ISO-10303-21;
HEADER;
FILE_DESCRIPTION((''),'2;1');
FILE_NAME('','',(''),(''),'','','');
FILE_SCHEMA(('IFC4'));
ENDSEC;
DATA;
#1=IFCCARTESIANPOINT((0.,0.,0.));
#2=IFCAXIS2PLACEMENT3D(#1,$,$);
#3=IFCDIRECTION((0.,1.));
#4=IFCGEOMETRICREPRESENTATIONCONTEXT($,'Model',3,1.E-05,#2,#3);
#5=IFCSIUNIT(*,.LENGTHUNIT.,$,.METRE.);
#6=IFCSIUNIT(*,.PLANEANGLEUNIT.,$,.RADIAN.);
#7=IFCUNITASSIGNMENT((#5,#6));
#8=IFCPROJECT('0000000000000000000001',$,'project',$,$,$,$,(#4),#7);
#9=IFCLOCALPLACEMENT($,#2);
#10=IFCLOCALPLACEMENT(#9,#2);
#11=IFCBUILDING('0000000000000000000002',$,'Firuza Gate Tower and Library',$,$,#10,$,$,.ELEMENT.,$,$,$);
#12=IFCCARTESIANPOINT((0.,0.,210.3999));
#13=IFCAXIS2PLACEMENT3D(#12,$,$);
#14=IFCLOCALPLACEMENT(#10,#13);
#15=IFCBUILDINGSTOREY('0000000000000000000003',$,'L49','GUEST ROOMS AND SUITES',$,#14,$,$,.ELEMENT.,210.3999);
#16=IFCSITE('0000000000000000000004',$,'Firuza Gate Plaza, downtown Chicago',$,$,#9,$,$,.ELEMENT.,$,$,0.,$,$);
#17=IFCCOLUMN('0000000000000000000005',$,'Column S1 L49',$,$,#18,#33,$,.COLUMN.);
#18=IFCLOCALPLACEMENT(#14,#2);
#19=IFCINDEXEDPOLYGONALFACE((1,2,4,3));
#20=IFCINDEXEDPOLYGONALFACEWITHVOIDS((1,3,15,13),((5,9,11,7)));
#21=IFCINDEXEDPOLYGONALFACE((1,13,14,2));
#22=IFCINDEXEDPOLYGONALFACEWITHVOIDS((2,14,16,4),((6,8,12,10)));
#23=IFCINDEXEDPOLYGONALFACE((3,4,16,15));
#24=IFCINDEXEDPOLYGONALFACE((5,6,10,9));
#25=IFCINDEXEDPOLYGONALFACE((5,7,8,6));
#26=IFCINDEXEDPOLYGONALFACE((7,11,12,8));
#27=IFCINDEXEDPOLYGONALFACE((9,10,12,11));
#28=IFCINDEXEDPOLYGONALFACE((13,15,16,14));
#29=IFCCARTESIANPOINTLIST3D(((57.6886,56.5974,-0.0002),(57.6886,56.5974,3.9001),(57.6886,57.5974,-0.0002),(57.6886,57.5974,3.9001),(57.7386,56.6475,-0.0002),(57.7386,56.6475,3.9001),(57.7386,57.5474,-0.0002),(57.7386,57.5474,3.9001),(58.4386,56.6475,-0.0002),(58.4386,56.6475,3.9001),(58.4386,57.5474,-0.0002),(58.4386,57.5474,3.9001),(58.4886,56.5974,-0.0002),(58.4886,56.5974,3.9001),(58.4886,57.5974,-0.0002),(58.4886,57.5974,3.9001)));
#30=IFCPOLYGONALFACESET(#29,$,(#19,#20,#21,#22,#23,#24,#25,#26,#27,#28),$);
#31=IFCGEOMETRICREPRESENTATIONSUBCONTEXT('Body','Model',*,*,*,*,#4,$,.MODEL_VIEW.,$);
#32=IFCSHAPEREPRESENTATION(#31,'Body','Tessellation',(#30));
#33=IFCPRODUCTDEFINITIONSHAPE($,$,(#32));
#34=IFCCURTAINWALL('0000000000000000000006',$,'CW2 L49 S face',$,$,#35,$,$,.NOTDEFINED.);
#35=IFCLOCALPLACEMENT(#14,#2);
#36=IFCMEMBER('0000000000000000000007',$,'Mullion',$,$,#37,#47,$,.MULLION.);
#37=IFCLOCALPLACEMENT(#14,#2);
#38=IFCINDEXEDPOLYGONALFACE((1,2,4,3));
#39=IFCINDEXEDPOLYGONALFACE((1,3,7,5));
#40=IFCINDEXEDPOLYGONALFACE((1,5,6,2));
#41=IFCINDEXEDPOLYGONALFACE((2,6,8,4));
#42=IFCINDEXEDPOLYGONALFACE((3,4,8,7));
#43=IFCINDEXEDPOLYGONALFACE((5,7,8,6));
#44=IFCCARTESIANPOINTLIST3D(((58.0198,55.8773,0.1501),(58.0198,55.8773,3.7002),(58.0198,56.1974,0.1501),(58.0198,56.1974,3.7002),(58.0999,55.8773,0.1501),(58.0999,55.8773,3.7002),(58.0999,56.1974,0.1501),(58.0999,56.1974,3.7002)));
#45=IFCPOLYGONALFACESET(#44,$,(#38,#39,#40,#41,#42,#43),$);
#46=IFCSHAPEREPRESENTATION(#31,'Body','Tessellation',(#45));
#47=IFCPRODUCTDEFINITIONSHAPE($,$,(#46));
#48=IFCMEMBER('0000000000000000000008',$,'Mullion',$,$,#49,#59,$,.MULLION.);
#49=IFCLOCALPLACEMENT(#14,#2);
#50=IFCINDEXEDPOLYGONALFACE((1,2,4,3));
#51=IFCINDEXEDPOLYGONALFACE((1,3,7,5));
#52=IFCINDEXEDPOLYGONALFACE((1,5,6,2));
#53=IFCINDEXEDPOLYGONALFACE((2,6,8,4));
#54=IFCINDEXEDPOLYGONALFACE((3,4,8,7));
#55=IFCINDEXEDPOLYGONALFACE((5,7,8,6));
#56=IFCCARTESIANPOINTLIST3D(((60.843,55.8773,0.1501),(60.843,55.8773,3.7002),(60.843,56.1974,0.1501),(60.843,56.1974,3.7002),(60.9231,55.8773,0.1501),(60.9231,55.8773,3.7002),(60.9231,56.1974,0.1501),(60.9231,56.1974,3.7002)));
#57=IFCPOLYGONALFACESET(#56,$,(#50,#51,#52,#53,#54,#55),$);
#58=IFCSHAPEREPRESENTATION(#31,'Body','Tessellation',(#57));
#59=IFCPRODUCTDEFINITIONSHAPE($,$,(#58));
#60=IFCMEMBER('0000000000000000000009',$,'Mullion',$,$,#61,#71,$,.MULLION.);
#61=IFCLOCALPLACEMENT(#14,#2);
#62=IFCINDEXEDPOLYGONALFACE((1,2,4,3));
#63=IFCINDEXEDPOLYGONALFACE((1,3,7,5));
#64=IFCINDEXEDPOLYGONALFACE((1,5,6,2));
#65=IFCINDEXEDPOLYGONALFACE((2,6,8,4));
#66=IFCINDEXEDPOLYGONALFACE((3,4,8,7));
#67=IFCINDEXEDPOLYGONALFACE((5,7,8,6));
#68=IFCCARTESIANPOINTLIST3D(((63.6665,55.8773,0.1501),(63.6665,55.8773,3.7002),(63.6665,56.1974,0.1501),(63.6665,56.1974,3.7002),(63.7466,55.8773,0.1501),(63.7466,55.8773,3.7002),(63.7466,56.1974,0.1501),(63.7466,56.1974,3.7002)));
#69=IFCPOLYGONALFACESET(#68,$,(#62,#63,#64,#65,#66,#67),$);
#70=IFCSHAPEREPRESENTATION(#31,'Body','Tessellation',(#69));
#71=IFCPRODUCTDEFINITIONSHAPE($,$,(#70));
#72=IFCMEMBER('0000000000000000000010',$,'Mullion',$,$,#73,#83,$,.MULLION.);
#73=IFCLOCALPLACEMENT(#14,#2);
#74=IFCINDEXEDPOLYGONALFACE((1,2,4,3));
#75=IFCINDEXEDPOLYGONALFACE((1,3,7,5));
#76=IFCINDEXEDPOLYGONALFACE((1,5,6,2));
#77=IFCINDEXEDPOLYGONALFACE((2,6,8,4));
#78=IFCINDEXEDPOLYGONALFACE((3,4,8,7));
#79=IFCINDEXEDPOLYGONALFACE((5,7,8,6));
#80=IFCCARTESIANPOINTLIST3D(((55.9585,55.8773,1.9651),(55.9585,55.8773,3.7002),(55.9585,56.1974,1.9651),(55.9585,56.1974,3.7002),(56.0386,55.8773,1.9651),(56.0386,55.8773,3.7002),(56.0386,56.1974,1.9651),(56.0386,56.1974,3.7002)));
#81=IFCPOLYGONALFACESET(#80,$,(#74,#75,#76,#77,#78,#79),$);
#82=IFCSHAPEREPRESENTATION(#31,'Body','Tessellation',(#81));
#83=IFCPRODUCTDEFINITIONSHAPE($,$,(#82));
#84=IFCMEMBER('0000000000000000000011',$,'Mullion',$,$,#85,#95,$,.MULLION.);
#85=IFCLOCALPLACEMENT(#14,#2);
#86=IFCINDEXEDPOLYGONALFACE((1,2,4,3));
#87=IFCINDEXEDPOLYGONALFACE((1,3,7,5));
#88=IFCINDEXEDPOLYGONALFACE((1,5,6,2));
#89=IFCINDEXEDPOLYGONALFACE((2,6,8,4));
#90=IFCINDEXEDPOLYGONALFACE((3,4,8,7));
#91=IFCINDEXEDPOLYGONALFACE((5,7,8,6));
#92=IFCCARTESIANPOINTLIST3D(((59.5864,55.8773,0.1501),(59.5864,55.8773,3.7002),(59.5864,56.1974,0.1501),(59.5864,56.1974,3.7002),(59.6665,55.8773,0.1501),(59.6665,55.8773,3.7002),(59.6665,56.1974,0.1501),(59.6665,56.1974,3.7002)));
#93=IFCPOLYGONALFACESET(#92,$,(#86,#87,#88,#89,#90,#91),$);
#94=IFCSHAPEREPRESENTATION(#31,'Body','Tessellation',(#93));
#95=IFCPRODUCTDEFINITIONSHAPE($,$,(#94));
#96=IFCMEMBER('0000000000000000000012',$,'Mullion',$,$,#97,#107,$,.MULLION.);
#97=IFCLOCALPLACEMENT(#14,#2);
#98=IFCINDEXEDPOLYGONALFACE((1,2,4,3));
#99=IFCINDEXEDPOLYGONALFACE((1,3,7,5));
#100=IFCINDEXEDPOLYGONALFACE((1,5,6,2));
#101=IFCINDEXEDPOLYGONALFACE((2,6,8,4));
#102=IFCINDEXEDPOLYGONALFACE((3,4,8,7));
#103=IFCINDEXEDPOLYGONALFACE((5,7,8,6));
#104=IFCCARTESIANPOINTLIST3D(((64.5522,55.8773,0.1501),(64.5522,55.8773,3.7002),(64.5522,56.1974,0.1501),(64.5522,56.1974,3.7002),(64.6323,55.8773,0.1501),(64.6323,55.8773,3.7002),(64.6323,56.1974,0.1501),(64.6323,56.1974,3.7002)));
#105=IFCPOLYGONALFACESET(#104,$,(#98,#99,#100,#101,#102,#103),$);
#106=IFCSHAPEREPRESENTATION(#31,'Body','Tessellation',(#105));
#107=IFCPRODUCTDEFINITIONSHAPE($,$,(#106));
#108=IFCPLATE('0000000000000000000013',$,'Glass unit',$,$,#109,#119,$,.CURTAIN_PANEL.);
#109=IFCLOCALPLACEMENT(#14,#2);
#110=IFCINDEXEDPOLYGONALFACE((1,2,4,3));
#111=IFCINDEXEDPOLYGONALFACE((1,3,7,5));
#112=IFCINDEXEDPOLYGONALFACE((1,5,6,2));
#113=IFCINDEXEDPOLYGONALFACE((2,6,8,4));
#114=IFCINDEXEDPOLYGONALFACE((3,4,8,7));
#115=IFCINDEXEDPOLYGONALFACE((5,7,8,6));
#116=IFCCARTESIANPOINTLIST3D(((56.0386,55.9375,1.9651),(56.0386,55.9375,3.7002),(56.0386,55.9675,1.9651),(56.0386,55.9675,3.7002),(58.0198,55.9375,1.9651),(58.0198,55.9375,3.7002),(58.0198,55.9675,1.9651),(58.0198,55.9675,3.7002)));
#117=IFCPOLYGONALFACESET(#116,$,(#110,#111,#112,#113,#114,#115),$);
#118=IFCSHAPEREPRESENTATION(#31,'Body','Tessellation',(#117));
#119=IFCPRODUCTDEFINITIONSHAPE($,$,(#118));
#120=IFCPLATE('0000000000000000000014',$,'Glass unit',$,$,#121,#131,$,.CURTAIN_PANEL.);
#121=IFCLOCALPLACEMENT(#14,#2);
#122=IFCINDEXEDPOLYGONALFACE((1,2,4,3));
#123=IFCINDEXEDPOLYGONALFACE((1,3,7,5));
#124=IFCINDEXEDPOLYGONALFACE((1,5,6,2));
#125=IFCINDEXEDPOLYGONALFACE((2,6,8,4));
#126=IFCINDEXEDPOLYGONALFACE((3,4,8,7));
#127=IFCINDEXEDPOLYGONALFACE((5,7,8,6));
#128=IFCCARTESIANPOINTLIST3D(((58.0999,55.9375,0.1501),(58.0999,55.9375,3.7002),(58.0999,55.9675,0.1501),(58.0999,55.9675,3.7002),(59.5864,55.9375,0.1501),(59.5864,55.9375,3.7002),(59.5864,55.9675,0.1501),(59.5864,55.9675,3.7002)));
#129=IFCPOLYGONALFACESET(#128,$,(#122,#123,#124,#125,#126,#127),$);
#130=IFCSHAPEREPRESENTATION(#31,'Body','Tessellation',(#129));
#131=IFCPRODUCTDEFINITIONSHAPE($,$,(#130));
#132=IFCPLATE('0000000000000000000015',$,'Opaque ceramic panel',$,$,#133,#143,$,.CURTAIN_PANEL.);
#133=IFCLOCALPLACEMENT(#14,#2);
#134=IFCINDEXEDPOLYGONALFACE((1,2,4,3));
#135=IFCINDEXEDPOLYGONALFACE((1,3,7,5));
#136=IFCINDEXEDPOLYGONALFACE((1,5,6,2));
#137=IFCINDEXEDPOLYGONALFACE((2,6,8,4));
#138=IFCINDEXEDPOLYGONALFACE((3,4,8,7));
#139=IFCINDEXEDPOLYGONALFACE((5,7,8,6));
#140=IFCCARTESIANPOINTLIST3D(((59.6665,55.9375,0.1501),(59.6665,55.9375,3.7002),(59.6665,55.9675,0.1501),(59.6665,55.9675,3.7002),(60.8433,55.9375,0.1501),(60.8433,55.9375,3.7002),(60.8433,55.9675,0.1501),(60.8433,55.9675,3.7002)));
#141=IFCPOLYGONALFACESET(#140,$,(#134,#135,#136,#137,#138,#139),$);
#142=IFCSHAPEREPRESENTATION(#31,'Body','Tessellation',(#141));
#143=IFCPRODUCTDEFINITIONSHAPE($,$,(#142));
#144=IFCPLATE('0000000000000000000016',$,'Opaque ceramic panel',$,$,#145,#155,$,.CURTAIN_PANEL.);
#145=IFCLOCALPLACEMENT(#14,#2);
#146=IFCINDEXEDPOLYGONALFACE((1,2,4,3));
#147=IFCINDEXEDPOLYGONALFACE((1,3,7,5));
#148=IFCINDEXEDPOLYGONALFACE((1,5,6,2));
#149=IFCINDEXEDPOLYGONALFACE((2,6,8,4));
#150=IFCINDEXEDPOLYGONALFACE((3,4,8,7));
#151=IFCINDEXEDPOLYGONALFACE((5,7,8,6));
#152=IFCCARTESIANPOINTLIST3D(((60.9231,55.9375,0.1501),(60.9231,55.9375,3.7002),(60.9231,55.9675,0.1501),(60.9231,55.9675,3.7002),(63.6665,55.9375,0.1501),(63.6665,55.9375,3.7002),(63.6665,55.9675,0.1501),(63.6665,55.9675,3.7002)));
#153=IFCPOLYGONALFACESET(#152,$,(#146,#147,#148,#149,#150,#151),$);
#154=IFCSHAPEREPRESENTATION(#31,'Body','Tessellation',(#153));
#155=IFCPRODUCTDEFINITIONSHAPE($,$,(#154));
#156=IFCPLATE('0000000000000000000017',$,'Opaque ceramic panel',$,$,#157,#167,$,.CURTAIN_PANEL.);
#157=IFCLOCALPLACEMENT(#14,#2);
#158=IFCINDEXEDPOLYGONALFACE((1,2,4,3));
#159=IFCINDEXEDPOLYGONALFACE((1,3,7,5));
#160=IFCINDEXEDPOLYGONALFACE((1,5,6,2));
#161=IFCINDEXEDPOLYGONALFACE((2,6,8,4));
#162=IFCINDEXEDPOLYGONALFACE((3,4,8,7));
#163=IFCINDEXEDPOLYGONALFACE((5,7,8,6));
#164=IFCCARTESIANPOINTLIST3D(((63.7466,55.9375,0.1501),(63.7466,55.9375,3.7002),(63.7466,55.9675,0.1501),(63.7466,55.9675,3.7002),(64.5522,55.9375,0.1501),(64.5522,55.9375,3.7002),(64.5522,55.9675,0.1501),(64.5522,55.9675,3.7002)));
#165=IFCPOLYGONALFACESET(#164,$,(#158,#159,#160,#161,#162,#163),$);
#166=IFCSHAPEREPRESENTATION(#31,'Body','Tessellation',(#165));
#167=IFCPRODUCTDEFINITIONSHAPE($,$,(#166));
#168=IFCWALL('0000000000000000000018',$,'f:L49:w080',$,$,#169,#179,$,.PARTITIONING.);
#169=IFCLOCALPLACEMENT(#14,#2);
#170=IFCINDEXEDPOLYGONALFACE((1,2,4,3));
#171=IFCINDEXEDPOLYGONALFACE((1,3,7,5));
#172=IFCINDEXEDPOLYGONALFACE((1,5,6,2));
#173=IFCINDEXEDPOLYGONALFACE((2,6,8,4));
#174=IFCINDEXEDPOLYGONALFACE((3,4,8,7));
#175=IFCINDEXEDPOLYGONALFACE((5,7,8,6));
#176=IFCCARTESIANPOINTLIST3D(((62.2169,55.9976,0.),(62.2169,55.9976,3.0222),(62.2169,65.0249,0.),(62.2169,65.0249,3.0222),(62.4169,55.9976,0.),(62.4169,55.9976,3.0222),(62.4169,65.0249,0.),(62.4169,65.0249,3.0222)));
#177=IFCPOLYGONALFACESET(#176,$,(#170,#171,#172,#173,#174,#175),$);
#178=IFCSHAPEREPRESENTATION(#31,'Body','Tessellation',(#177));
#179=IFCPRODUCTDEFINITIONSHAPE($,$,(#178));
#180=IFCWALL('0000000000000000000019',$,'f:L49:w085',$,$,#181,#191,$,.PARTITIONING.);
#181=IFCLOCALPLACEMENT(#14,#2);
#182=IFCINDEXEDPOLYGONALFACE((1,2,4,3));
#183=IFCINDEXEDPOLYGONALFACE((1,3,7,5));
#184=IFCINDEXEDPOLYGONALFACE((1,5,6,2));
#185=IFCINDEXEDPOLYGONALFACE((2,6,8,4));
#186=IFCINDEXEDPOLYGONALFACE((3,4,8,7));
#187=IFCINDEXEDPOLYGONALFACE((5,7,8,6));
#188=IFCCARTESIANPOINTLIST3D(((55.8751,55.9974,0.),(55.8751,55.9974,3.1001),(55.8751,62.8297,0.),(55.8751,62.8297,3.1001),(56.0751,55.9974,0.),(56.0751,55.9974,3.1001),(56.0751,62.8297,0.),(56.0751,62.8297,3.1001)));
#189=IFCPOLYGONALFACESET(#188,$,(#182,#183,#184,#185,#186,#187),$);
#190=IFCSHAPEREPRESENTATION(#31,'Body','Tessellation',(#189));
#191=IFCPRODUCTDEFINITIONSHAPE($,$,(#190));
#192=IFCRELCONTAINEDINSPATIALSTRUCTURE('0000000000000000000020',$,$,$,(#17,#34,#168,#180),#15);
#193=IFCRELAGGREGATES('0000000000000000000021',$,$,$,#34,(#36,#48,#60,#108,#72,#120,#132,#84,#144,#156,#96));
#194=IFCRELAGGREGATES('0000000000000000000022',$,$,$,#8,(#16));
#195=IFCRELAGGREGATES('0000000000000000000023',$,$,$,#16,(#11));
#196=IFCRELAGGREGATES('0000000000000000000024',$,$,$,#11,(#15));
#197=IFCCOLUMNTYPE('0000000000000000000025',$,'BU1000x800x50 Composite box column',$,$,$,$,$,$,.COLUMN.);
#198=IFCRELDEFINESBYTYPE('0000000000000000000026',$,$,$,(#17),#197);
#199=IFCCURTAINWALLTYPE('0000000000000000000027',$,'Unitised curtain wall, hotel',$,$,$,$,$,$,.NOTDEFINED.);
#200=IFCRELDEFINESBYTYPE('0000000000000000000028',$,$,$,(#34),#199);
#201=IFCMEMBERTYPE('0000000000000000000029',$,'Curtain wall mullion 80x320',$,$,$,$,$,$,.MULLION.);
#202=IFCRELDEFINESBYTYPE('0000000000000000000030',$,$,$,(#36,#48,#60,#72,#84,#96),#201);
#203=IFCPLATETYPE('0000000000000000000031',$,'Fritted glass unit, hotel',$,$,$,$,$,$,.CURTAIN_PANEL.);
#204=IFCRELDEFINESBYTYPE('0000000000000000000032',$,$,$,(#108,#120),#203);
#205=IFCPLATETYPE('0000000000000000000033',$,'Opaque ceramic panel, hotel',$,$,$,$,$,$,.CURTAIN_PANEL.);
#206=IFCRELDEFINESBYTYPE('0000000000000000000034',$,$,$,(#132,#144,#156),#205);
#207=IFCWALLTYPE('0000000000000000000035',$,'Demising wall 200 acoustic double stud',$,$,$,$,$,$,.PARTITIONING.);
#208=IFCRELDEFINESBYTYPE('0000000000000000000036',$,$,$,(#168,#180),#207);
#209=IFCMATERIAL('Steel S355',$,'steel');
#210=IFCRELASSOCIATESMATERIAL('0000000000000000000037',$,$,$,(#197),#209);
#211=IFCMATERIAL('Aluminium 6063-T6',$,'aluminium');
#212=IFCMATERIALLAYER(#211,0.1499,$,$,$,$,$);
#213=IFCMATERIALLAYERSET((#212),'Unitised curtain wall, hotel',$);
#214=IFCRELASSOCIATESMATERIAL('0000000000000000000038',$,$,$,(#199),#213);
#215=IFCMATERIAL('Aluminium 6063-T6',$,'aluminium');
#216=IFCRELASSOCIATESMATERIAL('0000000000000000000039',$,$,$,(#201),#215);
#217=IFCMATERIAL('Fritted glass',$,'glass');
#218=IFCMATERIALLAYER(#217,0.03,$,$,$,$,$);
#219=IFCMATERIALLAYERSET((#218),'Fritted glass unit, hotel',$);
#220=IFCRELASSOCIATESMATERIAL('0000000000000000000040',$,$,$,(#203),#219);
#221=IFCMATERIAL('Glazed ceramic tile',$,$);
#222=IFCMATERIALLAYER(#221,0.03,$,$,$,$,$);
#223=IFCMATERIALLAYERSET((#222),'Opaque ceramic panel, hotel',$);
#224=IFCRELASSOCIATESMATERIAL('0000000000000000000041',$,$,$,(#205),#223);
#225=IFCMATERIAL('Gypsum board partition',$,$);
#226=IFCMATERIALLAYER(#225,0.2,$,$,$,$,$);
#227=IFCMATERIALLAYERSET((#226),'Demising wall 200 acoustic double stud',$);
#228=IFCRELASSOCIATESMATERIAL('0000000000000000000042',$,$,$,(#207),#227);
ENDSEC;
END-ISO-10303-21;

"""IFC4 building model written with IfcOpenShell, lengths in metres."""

from ifc_helpers import new_model, si_unit, direction, frame, frame_2d, origin, origin_2d, place, context, subcontext, project, spatial, polyline, rectangle, hollow_rectangle, outline, extrude, material, layer, layer_set, material_profile, profile_set, type_object, element, aggregate, save


model = new_model("IFC4")

# Units and contexts
model_context = context("Model", 3, precision=1e-05, world=origin(), true_north=direction((0.0, 1.0)))
body_context = subcontext(model_context, "Body", "Model", "MODEL_VIEW")
ifc_project = project(units=[si_unit("LENGTHUNIT", "METRE"), si_unit("PLANEANGLEUNIT", "RADIAN")], contexts=[model_context])

# Site, building, storey
site_placement = place(None, origin())
site = spatial("IfcSite", under=ifc_project, at=site_placement, Name="Firuza Gate Plaza, downtown Chicago", CompositionType="ELEMENT", RefElevation=0.0)
building_placement = place(site_placement, origin())
building = spatial("IfcBuilding", under=site, at=building_placement, Name="Firuza Gate Tower and Library", CompositionType="ELEMENT")
storey_placement = place(building_placement, frame((0.0, 0.0, 210.3999)))
storey = spatial("IfcBuildingStorey", under=building, at=storey_placement, Name="L49", Description="GUEST ROOMS AND SUITES", CompositionType="ELEMENT", Elevation=210.3999)

# Column
ifc_material_1 = material(Name="Steel S355", Category="steel")
ifc_material_profile_1 = material_profile(ifc_material_1, hollow_rectangle(XDim=0.8, YDim=1.0, WallThickness=0.05, at=origin_2d()))
ifc_profile_set_1 = profile_set([ifc_material_profile_1], Name="Steel S355")
column_type = type_object("IfcColumnType", Name="BU1000x800x50 Composite box column", PredefinedType="COLUMN", material=ifc_profile_set_1)
column_placement = place(storey_placement, frame((58.0886, 57.0974, -0.0002), z_axis=(0.0, 0.0, 1.0), x_axis=(1.0, 0.0, 0.0)))
element("IfcColumn", 1, at=column_placement, inside=storey, type_object=column_type, Name="Column S1 L49", PredefinedType="COLUMN", context=body_context, shape_type="SweptSolid", body=[
    extrude(hollow_rectangle(XDim=0.8, YDim=1.0, WallThickness=0.05, at=origin_2d()), origin(), (0.0, 0.0, 1.0), 3.9004),
])

# Curtain wall, members, plates
ifc_material_2 = material(Name="Aluminium 6063-T6", Category="aluminium")
ifc_layer_1 = layer(ifc_material_2, 0.1499)
ifc_layer_set_1 = layer_set([ifc_layer_1], Name="Unitised curtain wall, hotel")
curtain_wall_type = type_object("IfcCurtainWallType", Name="Unitised curtain wall, hotel", PredefinedType="NOTDEFINED", material=ifc_layer_set_1)
curtain_wall_placement = place(storey_placement, origin())
curtain_wall = element("IfcCurtainWall", 2, at=curtain_wall_placement, inside=storey, type_object=curtain_wall_type, Name="CW2 L49 S face", PredefinedType="NOTDEFINED")
ifc_material_3 = material(Name="Aluminium 6063-T6", Category="aluminium")
ifc_material_profile_2 = material_profile(ifc_material_3, rectangle(XDim=0.3201, YDim=0.0801, at=origin_2d()))
ifc_profile_set_2 = profile_set([ifc_material_profile_2], Name="Aluminium 6063-T6")
member_type = type_object("IfcMemberType", Name="Curtain wall mullion 80x320", PredefinedType="MULLION", material=ifc_profile_set_2)
member_1_placement = place(storey_placement, frame((58.0598, 56.0374, 0.1501), z_axis=(0.0, 0.0, 1.0), x_axis=(0.0, 1.0, 0.0)))
member_1 = element("IfcMember", 3, at=member_1_placement, type_object=member_type, Name="Mullion", PredefinedType="MULLION", context=body_context, shape_type="SweptSolid", body=[
    extrude(rectangle(XDim=0.3201, YDim=0.0801, at=origin_2d()), origin(), (0.0, 0.0, 1.0), 3.55),
])
member_2_placement = place(storey_placement, frame((60.8831, 56.0374, 0.1501), z_axis=(0.0, 0.0, 1.0), x_axis=(0.0, 1.0, 0.0)))
member_2 = element("IfcMember", 4, at=member_2_placement, type_object=member_type, Name="Mullion", PredefinedType="MULLION", context=body_context, shape_type="SweptSolid", body=[
    extrude(rectangle(XDim=0.3201, YDim=0.0801, at=origin_2d()), origin(), (0.0, 0.0, 1.0), 3.55),
])
member_3_placement = place(storey_placement, frame((63.7065, 56.0374, 0.1501), z_axis=(0.0, 0.0, 1.0), x_axis=(0.0, 1.0, 0.0)))
member_3 = element("IfcMember", 5, at=member_3_placement, type_object=member_type, Name="Mullion", PredefinedType="MULLION", context=body_context, shape_type="SweptSolid", body=[
    extrude(rectangle(XDim=0.3201, YDim=0.0801, at=origin_2d()), origin(), (0.0, 0.0, 1.0), 3.55),
])
member_4_placement = place(storey_placement, frame((55.9985, 56.0374, 1.9651), z_axis=(0.0, 0.0, 1.0), x_axis=(0.0, 1.0, 0.0)))
member_4 = element("IfcMember", 6, at=member_4_placement, type_object=member_type, Name="Mullion", PredefinedType="MULLION", context=body_context, shape_type="SweptSolid", body=[
    extrude(rectangle(XDim=0.3201, YDim=0.0801, at=origin_2d()), origin(), (0.0, 0.0, 1.0), 1.7351),
])
member_5_placement = place(storey_placement, frame((59.6265, 56.0374, 0.1501), z_axis=(0.0, 0.0, 1.0), x_axis=(0.0, 1.0, 0.0)))
member_5 = element("IfcMember", 7, at=member_5_placement, type_object=member_type, Name="Mullion", PredefinedType="MULLION", context=body_context, shape_type="SweptSolid", body=[
    extrude(rectangle(XDim=0.3201, YDim=0.0801, at=origin_2d()), origin(), (0.0, 0.0, 1.0), 3.55),
])
member_6_placement = place(storey_placement, frame((64.5923, 56.0374, 0.1501), z_axis=(0.0, 0.0, 1.0), x_axis=(0.0, 1.0, 0.0)))
member_6 = element("IfcMember", 8, at=member_6_placement, type_object=member_type, Name="Mullion", PredefinedType="MULLION", context=body_context, shape_type="SweptSolid", body=[
    extrude(rectangle(XDim=0.3201, YDim=0.0801, at=origin_2d()), origin(), (0.0, 0.0, 1.0), 3.55),
])
ifc_material_4 = material(Name="Fritted glass", Category="glass")
ifc_layer_2 = layer(ifc_material_4, 0.03)
ifc_layer_set_2 = layer_set([ifc_layer_2], Name="Fritted glass unit, hotel")
plate_type_1 = type_object("IfcPlateType", Name="Fritted glass unit, hotel", PredefinedType="CURTAIN_PANEL", material=ifc_layer_set_2)
plate_1_placement = place(storey_placement, frame((56.0386, 55.9375, 1.9651), z_axis=(0.0, -1.0, 0.0), x_axis=(1.0, 0.0, 0.0)))
plate_1 = element("IfcPlate", 9, at=plate_1_placement, type_object=plate_type_1, Name="Glass unit", PredefinedType="CURTAIN_PANEL", context=body_context, shape_type="SweptSolid", body=[
    extrude(outline(polyline([(0.0, 0.0), (1.9812, 0.0), (1.9812, 1.7351), (0.0, 1.7351), (0.0, 0.0)])), origin(), (0.0, 0.0, -1.0), 0.03),
])
plate_2_placement = place(storey_placement, frame((58.0999, 55.9375, 0.1501), z_axis=(0.0, -1.0, 0.0), x_axis=(1.0, 0.0, 0.0)))
plate_2 = element("IfcPlate", 10, at=plate_2_placement, type_object=plate_type_1, Name="Glass unit", PredefinedType="CURTAIN_PANEL", context=body_context, shape_type="SweptSolid", body=[
    extrude(outline(polyline([(0.0, 0.0), (1.4866, 0.0), (1.4866, 3.55), (0.0, 3.55), (0.0, 0.0)])), origin(), (0.0, 0.0, -1.0), 0.03),
])
ifc_material_5 = material(Name="Glazed ceramic tile")
ifc_layer_3 = layer(ifc_material_5, 0.03)
ifc_layer_set_3 = layer_set([ifc_layer_3], Name="Opaque ceramic panel, hotel")
plate_type_2 = type_object("IfcPlateType", Name="Opaque ceramic panel, hotel", PredefinedType="CURTAIN_PANEL", material=ifc_layer_set_3)
plate_3_placement = place(storey_placement, frame((59.6665, 55.9375, 0.1501), z_axis=(0.0, -1.0, 0.0), x_axis=(1.0, 0.0, 0.0)))
plate_3 = element("IfcPlate", 11, at=plate_3_placement, type_object=plate_type_2, Name="Opaque ceramic panel", PredefinedType="CURTAIN_PANEL", context=body_context, shape_type="SweptSolid", body=[
    extrude(outline(polyline([(0.0, 0.0), (1.1768, 0.0), (1.1768, 3.55), (0.0, 3.55), (0.0, 0.0)])), origin(), (0.0, 0.0, -1.0), 0.03),
])
plate_4_placement = place(storey_placement, frame((60.9231, 55.9375, 0.1501), z_axis=(0.0, -1.0, 0.0), x_axis=(1.0, 0.0, 0.0)))
plate_4 = element("IfcPlate", 12, at=plate_4_placement, type_object=plate_type_2, Name="Opaque ceramic panel", PredefinedType="CURTAIN_PANEL", context=body_context, shape_type="SweptSolid", body=[
    extrude(outline(polyline([(0.0, 0.0), (2.7434, 0.0), (2.7434, 3.55), (0.0, 3.55), (0.0, 0.0)])), origin(), (0.0, 0.0, -1.0), 0.03),
])
plate_5_placement = place(storey_placement, frame((63.7466, 55.9375, 0.1501), z_axis=(0.0, -1.0, 0.0), x_axis=(1.0, 0.0, 0.0)))
plate_5 = element("IfcPlate", 13, at=plate_5_placement, type_object=plate_type_2, Name="Opaque ceramic panel", PredefinedType="CURTAIN_PANEL", context=body_context, shape_type="SweptSolid", body=[
    extrude(outline(polyline([(0.0, 0.0), (0.8057, 0.0), (0.8057, 3.55), (0.0, 3.55), (0.0, 0.0)])), origin(), (0.0, 0.0, -1.0), 0.03),
])
aggregate(curtain_wall, [member_1, member_2, member_3, plate_1, member_4, plate_2, plate_3, member_5, plate_4, plate_5, member_6])

# Walls
ifc_material_6 = material(Name="Gypsum board partition")
ifc_layer_4 = layer(ifc_material_6, 0.2)
ifc_layer_set_4 = layer_set([ifc_layer_4], Name="Demising wall 200 acoustic double stud")
wall_type = type_object("IfcWallType", Name="Demising wall 200 acoustic double stud", PredefinedType="PARTITIONING", material=ifc_layer_set_4)
wall_1_placement = place(storey_placement, frame((62.3169, 55.9976, 0.0), z_axis=(0.0, 0.0, 1.0), x_axis=(0.0, 1.0, 0.0)))
element("IfcWall", 14, at=wall_1_placement, inside=storey, type_object=wall_type, Name="f:L49:w080", PredefinedType="PARTITIONING", context=body_context, shape_type="SweptSolid", body=[
    extrude(rectangle(XDim=9.0273, YDim=0.2, at=frame_2d((4.5137, 0.0))), origin(), (0.0, 0.0, 1.0), 3.0222),
])
wall_2_placement = place(storey_placement, frame((55.9751, 55.9976, 0.0), z_axis=(0.0, 0.0, 1.0), x_axis=(0.0, 1.0, 0.0)))
element("IfcWall", 15, at=wall_2_placement, inside=storey, type_object=wall_type, Name="f:L49:w085", PredefinedType="PARTITIONING", context=body_context, shape_type="SweptSolid", body=[
    extrude(rectangle(XDim=6.8323, YDim=0.2, at=frame_2d((3.416, 0.0))), origin(), (0.0, 0.0, 1.0), 3.1001),
])

save(model, "model.ifc")
